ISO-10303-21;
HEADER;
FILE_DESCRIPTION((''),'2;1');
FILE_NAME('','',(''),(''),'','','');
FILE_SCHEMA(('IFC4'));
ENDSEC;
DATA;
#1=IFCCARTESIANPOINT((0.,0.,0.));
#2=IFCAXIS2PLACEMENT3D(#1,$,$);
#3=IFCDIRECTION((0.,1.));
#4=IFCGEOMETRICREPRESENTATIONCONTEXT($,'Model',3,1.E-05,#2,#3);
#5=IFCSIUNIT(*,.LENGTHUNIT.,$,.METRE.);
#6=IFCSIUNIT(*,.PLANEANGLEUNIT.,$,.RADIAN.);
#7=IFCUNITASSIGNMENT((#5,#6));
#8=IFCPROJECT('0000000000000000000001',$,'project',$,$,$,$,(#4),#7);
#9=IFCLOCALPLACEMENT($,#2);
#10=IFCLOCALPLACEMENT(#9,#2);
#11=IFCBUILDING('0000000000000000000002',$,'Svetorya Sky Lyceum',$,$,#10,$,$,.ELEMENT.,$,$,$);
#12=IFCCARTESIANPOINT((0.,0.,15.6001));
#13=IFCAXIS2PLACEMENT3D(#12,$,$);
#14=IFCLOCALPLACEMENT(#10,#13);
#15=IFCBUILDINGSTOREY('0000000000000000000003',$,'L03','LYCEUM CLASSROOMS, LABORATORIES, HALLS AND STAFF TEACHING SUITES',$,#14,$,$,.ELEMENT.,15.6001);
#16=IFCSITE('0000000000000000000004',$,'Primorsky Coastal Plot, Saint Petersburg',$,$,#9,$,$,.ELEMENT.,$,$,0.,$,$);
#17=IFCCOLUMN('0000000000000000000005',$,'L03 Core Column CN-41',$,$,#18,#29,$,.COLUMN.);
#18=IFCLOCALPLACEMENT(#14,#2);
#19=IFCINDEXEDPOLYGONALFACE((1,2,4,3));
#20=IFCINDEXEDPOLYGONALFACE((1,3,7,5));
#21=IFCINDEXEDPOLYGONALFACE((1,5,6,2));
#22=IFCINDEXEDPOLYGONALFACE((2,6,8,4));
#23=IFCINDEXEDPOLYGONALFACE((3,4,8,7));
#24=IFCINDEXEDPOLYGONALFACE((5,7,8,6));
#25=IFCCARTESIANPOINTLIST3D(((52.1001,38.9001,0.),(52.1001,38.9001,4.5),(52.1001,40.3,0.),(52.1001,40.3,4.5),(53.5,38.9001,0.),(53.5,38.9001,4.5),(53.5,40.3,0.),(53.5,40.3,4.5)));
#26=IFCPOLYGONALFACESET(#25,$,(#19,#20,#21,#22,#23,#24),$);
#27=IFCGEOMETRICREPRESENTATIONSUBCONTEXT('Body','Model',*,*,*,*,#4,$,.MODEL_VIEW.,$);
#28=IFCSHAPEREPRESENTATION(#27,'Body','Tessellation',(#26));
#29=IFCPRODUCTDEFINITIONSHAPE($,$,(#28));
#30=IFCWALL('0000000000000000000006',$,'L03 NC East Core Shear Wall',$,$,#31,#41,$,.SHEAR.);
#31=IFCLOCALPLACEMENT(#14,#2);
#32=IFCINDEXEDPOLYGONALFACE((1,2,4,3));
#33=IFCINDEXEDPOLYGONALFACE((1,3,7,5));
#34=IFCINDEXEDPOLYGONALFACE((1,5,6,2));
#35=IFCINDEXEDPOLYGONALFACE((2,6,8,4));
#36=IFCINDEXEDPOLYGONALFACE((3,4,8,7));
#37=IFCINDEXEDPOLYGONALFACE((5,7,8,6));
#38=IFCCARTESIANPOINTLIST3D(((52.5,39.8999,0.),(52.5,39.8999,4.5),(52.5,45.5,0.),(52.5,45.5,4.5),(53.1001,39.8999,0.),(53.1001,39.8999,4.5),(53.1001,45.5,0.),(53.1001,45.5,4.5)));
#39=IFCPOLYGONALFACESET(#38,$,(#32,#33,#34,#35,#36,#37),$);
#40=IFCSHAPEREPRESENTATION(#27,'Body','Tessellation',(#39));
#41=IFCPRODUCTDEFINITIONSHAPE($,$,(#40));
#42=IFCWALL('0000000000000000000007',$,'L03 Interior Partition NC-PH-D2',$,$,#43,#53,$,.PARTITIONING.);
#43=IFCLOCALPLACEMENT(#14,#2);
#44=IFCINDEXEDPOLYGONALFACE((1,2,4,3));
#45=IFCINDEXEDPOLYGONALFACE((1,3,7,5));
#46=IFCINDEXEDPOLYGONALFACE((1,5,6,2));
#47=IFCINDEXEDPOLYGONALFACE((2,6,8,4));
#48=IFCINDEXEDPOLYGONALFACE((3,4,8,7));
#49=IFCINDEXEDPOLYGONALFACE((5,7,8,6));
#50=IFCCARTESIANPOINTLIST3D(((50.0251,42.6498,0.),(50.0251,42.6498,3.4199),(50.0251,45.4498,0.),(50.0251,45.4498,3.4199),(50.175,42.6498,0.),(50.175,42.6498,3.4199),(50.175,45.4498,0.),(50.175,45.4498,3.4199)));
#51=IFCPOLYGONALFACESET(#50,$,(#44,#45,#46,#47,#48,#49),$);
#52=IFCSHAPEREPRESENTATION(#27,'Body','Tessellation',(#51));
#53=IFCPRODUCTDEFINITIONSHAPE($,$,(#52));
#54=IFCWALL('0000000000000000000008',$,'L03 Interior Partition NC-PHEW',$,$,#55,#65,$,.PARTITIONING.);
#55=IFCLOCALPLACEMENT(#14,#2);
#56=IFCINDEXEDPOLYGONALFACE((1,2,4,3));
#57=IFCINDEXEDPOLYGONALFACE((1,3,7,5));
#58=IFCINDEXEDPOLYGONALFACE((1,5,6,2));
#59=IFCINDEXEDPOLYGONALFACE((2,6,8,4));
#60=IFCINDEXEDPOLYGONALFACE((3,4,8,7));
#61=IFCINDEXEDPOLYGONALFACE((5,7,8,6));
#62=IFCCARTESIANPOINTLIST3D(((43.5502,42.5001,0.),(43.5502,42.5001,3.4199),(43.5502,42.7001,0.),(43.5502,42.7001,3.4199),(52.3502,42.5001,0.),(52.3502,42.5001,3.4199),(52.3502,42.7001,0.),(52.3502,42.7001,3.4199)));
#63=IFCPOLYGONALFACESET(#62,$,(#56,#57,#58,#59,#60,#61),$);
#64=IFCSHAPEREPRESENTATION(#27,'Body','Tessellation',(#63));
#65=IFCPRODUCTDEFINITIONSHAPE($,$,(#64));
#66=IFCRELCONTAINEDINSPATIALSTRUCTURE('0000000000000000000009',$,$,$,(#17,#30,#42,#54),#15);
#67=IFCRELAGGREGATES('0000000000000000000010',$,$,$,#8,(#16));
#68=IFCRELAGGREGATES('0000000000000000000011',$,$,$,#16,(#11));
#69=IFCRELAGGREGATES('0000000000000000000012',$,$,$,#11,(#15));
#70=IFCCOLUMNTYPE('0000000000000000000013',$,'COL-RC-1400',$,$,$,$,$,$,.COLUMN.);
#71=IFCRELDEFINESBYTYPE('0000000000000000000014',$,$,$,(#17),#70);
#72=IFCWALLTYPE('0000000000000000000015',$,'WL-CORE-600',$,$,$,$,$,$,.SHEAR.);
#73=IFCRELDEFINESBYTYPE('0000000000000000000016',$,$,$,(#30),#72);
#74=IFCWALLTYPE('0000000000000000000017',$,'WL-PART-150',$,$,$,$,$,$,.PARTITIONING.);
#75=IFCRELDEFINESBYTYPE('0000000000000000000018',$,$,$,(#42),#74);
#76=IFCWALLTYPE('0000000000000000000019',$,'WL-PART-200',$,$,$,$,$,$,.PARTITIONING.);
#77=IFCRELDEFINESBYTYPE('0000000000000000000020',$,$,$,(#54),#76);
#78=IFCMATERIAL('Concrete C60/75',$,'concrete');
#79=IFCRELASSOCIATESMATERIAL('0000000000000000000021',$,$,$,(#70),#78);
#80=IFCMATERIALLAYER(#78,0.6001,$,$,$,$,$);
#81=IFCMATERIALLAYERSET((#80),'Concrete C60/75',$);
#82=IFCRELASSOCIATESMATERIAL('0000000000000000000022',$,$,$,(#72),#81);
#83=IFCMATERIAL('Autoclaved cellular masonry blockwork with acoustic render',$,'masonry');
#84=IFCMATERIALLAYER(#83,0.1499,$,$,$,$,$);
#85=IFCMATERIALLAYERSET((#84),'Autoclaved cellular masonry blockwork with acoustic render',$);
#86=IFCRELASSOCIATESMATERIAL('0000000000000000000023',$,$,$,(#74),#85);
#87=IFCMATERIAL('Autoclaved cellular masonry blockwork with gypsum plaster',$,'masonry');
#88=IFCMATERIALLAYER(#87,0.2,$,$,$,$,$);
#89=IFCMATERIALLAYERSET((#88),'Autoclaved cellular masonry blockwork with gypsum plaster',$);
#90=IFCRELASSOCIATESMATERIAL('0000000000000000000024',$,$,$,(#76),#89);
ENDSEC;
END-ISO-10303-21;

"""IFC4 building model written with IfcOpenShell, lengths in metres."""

from ifc_helpers import new_model, si_unit, direction, frame, frame_2d, origin, origin_2d, place, context, subcontext, project, spatial, rectangle, extrude, material, layer, layer_set, material_profile, profile_set, type_object, element, save


model = new_model("IFC4")

# Units and contexts
model_context = context("Model", 3, precision=1e-05, world=origin(), true_north=direction((0.0, 1.0)))
body_context = subcontext(model_context, "Body", "Model", "MODEL_VIEW")
ifc_project = project(units=[si_unit("LENGTHUNIT", "METRE"), si_unit("PLANEANGLEUNIT", "RADIAN")], contexts=[model_context])

# Site, building, storey
site_placement = place(None, origin())
site = spatial("IfcSite", under=ifc_project, at=site_placement, Name="Primorsky Coastal Plot, Saint Petersburg", CompositionType="ELEMENT", RefElevation=0.0)
building_placement = place(site_placement, origin())
building = spatial("IfcBuilding", under=site, at=building_placement, Name="Svetorya Sky Lyceum", CompositionType="ELEMENT")
storey_placement = place(building_placement, frame((0.0, 0.0, 15.6001)))
storey = spatial("IfcBuildingStorey", under=building, at=storey_placement, Name="L03", Description="LYCEUM CLASSROOMS, LABORATORIES, HALLS AND STAFF TEACHING SUITES", CompositionType="ELEMENT", Elevation=15.6001)

# Column
ifc_material_1 = material(Name="Concrete C60/75", Category="concrete")
ifc_material_profile = material_profile(ifc_material_1, rectangle(XDim=1.3999, YDim=1.3999, at=origin_2d()), Name="RC COL 1400x1400")
ifc_profile_set = profile_set([ifc_material_profile], Name="Concrete C60/75")
column_type = type_object("IfcColumnType", Name="COL-RC-1400", PredefinedType="COLUMN", material=ifc_profile_set)
column_placement = place(storey_placement, frame((52.8, 39.6001, 0.0), z_axis=(0.0, 0.0, 1.0), x_axis=(1.0, 0.0, 0.0)))
element("IfcColumn", 1, at=column_placement, inside=storey, type_object=column_type, Name="L03 Core Column CN-41", PredefinedType="COLUMN", context=body_context, shape_type="SweptSolid", body=[
    extrude(rectangle(XDim=1.3999, YDim=1.3999, at=origin_2d()), origin(), (0.0, 0.0, 1.0), 4.5),
])

# Wall
ifc_layer_1 = layer(ifc_material_1, 0.6001)
ifc_layer_set_1 = layer_set([ifc_layer_1], Name="Concrete C60/75")
wall_type_1 = type_object("IfcWallType", Name="WL-CORE-600", PredefinedType="SHEAR", material=ifc_layer_set_1)
wall_1_placement = place(storey_placement, frame((52.8, 39.8999, 0.0), z_axis=(0.0, 0.0, 1.0), x_axis=(0.0, 1.0, 0.0)))
element("IfcWall", 2, at=wall_1_placement, inside=storey, type_object=wall_type_1, Name="L03 NC East Core Shear Wall", PredefinedType="SHEAR", context=body_context, shape_type="SweptSolid", body=[
    extrude(rectangle(XDim=5.6001, YDim=0.6001, at=frame_2d((2.8, 0.0))), origin(), (0.0, 0.0, 1.0), 4.5),
])

# Walls
ifc_material_2 = material(Name="Autoclaved cellular masonry blockwork with acoustic render", Category="masonry")
ifc_layer_2 = layer(ifc_material_2, 0.1499)
ifc_layer_set_2 = layer_set([ifc_layer_2], Name="Autoclaved cellular masonry blockwork with acoustic render")
wall_type_2 = type_object("IfcWallType", Name="WL-PART-150", PredefinedType="PARTITIONING", material=ifc_layer_set_2)
wall_2_placement = place(storey_placement, frame((50.1001, 42.6499, 0.0), z_axis=(0.0, 0.0, 1.0), x_axis=(0.0, 1.0, 0.0)))
element("IfcWall", 3, at=wall_2_placement, inside=storey, type_object=wall_type_2, Name="L03 Interior Partition NC-PH-D2", PredefinedType="PARTITIONING", context=body_context, shape_type="SweptSolid", body=[
    extrude(rectangle(XDim=2.8, YDim=0.1499, at=frame_2d((1.3999, 0.0))), origin(), (0.0, 0.0, 1.0), 3.4199),
])
ifc_material_3 = material(Name="Autoclaved cellular masonry blockwork with gypsum plaster", Category="masonry")
ifc_layer_3 = layer(ifc_material_3, 0.2)
ifc_layer_set_3 = layer_set([ifc_layer_3], Name="Autoclaved cellular masonry blockwork with gypsum plaster")
wall_type_3 = type_object("IfcWallType", Name="WL-PART-200", PredefinedType="PARTITIONING", material=ifc_layer_set_3)
wall_3_placement = place(storey_placement, frame((52.3501, 42.6001, 0.0), z_axis=(0.0, 0.0, 1.0), x_axis=(-1.0, 0.0, 0.0)))
element("IfcWall", 4, at=wall_3_placement, inside=storey, type_object=wall_type_3, Name="L03 Interior Partition NC-PHEW", PredefinedType="PARTITIONING", context=body_context, shape_type="SweptSolid", body=[
    extrude(rectangle(XDim=8.8, YDim=0.2, at=frame_2d((4.3999, 0.0))), origin(), (0.0, 0.0, 1.0), 3.4199),
])

save(model, "model.ifc")
